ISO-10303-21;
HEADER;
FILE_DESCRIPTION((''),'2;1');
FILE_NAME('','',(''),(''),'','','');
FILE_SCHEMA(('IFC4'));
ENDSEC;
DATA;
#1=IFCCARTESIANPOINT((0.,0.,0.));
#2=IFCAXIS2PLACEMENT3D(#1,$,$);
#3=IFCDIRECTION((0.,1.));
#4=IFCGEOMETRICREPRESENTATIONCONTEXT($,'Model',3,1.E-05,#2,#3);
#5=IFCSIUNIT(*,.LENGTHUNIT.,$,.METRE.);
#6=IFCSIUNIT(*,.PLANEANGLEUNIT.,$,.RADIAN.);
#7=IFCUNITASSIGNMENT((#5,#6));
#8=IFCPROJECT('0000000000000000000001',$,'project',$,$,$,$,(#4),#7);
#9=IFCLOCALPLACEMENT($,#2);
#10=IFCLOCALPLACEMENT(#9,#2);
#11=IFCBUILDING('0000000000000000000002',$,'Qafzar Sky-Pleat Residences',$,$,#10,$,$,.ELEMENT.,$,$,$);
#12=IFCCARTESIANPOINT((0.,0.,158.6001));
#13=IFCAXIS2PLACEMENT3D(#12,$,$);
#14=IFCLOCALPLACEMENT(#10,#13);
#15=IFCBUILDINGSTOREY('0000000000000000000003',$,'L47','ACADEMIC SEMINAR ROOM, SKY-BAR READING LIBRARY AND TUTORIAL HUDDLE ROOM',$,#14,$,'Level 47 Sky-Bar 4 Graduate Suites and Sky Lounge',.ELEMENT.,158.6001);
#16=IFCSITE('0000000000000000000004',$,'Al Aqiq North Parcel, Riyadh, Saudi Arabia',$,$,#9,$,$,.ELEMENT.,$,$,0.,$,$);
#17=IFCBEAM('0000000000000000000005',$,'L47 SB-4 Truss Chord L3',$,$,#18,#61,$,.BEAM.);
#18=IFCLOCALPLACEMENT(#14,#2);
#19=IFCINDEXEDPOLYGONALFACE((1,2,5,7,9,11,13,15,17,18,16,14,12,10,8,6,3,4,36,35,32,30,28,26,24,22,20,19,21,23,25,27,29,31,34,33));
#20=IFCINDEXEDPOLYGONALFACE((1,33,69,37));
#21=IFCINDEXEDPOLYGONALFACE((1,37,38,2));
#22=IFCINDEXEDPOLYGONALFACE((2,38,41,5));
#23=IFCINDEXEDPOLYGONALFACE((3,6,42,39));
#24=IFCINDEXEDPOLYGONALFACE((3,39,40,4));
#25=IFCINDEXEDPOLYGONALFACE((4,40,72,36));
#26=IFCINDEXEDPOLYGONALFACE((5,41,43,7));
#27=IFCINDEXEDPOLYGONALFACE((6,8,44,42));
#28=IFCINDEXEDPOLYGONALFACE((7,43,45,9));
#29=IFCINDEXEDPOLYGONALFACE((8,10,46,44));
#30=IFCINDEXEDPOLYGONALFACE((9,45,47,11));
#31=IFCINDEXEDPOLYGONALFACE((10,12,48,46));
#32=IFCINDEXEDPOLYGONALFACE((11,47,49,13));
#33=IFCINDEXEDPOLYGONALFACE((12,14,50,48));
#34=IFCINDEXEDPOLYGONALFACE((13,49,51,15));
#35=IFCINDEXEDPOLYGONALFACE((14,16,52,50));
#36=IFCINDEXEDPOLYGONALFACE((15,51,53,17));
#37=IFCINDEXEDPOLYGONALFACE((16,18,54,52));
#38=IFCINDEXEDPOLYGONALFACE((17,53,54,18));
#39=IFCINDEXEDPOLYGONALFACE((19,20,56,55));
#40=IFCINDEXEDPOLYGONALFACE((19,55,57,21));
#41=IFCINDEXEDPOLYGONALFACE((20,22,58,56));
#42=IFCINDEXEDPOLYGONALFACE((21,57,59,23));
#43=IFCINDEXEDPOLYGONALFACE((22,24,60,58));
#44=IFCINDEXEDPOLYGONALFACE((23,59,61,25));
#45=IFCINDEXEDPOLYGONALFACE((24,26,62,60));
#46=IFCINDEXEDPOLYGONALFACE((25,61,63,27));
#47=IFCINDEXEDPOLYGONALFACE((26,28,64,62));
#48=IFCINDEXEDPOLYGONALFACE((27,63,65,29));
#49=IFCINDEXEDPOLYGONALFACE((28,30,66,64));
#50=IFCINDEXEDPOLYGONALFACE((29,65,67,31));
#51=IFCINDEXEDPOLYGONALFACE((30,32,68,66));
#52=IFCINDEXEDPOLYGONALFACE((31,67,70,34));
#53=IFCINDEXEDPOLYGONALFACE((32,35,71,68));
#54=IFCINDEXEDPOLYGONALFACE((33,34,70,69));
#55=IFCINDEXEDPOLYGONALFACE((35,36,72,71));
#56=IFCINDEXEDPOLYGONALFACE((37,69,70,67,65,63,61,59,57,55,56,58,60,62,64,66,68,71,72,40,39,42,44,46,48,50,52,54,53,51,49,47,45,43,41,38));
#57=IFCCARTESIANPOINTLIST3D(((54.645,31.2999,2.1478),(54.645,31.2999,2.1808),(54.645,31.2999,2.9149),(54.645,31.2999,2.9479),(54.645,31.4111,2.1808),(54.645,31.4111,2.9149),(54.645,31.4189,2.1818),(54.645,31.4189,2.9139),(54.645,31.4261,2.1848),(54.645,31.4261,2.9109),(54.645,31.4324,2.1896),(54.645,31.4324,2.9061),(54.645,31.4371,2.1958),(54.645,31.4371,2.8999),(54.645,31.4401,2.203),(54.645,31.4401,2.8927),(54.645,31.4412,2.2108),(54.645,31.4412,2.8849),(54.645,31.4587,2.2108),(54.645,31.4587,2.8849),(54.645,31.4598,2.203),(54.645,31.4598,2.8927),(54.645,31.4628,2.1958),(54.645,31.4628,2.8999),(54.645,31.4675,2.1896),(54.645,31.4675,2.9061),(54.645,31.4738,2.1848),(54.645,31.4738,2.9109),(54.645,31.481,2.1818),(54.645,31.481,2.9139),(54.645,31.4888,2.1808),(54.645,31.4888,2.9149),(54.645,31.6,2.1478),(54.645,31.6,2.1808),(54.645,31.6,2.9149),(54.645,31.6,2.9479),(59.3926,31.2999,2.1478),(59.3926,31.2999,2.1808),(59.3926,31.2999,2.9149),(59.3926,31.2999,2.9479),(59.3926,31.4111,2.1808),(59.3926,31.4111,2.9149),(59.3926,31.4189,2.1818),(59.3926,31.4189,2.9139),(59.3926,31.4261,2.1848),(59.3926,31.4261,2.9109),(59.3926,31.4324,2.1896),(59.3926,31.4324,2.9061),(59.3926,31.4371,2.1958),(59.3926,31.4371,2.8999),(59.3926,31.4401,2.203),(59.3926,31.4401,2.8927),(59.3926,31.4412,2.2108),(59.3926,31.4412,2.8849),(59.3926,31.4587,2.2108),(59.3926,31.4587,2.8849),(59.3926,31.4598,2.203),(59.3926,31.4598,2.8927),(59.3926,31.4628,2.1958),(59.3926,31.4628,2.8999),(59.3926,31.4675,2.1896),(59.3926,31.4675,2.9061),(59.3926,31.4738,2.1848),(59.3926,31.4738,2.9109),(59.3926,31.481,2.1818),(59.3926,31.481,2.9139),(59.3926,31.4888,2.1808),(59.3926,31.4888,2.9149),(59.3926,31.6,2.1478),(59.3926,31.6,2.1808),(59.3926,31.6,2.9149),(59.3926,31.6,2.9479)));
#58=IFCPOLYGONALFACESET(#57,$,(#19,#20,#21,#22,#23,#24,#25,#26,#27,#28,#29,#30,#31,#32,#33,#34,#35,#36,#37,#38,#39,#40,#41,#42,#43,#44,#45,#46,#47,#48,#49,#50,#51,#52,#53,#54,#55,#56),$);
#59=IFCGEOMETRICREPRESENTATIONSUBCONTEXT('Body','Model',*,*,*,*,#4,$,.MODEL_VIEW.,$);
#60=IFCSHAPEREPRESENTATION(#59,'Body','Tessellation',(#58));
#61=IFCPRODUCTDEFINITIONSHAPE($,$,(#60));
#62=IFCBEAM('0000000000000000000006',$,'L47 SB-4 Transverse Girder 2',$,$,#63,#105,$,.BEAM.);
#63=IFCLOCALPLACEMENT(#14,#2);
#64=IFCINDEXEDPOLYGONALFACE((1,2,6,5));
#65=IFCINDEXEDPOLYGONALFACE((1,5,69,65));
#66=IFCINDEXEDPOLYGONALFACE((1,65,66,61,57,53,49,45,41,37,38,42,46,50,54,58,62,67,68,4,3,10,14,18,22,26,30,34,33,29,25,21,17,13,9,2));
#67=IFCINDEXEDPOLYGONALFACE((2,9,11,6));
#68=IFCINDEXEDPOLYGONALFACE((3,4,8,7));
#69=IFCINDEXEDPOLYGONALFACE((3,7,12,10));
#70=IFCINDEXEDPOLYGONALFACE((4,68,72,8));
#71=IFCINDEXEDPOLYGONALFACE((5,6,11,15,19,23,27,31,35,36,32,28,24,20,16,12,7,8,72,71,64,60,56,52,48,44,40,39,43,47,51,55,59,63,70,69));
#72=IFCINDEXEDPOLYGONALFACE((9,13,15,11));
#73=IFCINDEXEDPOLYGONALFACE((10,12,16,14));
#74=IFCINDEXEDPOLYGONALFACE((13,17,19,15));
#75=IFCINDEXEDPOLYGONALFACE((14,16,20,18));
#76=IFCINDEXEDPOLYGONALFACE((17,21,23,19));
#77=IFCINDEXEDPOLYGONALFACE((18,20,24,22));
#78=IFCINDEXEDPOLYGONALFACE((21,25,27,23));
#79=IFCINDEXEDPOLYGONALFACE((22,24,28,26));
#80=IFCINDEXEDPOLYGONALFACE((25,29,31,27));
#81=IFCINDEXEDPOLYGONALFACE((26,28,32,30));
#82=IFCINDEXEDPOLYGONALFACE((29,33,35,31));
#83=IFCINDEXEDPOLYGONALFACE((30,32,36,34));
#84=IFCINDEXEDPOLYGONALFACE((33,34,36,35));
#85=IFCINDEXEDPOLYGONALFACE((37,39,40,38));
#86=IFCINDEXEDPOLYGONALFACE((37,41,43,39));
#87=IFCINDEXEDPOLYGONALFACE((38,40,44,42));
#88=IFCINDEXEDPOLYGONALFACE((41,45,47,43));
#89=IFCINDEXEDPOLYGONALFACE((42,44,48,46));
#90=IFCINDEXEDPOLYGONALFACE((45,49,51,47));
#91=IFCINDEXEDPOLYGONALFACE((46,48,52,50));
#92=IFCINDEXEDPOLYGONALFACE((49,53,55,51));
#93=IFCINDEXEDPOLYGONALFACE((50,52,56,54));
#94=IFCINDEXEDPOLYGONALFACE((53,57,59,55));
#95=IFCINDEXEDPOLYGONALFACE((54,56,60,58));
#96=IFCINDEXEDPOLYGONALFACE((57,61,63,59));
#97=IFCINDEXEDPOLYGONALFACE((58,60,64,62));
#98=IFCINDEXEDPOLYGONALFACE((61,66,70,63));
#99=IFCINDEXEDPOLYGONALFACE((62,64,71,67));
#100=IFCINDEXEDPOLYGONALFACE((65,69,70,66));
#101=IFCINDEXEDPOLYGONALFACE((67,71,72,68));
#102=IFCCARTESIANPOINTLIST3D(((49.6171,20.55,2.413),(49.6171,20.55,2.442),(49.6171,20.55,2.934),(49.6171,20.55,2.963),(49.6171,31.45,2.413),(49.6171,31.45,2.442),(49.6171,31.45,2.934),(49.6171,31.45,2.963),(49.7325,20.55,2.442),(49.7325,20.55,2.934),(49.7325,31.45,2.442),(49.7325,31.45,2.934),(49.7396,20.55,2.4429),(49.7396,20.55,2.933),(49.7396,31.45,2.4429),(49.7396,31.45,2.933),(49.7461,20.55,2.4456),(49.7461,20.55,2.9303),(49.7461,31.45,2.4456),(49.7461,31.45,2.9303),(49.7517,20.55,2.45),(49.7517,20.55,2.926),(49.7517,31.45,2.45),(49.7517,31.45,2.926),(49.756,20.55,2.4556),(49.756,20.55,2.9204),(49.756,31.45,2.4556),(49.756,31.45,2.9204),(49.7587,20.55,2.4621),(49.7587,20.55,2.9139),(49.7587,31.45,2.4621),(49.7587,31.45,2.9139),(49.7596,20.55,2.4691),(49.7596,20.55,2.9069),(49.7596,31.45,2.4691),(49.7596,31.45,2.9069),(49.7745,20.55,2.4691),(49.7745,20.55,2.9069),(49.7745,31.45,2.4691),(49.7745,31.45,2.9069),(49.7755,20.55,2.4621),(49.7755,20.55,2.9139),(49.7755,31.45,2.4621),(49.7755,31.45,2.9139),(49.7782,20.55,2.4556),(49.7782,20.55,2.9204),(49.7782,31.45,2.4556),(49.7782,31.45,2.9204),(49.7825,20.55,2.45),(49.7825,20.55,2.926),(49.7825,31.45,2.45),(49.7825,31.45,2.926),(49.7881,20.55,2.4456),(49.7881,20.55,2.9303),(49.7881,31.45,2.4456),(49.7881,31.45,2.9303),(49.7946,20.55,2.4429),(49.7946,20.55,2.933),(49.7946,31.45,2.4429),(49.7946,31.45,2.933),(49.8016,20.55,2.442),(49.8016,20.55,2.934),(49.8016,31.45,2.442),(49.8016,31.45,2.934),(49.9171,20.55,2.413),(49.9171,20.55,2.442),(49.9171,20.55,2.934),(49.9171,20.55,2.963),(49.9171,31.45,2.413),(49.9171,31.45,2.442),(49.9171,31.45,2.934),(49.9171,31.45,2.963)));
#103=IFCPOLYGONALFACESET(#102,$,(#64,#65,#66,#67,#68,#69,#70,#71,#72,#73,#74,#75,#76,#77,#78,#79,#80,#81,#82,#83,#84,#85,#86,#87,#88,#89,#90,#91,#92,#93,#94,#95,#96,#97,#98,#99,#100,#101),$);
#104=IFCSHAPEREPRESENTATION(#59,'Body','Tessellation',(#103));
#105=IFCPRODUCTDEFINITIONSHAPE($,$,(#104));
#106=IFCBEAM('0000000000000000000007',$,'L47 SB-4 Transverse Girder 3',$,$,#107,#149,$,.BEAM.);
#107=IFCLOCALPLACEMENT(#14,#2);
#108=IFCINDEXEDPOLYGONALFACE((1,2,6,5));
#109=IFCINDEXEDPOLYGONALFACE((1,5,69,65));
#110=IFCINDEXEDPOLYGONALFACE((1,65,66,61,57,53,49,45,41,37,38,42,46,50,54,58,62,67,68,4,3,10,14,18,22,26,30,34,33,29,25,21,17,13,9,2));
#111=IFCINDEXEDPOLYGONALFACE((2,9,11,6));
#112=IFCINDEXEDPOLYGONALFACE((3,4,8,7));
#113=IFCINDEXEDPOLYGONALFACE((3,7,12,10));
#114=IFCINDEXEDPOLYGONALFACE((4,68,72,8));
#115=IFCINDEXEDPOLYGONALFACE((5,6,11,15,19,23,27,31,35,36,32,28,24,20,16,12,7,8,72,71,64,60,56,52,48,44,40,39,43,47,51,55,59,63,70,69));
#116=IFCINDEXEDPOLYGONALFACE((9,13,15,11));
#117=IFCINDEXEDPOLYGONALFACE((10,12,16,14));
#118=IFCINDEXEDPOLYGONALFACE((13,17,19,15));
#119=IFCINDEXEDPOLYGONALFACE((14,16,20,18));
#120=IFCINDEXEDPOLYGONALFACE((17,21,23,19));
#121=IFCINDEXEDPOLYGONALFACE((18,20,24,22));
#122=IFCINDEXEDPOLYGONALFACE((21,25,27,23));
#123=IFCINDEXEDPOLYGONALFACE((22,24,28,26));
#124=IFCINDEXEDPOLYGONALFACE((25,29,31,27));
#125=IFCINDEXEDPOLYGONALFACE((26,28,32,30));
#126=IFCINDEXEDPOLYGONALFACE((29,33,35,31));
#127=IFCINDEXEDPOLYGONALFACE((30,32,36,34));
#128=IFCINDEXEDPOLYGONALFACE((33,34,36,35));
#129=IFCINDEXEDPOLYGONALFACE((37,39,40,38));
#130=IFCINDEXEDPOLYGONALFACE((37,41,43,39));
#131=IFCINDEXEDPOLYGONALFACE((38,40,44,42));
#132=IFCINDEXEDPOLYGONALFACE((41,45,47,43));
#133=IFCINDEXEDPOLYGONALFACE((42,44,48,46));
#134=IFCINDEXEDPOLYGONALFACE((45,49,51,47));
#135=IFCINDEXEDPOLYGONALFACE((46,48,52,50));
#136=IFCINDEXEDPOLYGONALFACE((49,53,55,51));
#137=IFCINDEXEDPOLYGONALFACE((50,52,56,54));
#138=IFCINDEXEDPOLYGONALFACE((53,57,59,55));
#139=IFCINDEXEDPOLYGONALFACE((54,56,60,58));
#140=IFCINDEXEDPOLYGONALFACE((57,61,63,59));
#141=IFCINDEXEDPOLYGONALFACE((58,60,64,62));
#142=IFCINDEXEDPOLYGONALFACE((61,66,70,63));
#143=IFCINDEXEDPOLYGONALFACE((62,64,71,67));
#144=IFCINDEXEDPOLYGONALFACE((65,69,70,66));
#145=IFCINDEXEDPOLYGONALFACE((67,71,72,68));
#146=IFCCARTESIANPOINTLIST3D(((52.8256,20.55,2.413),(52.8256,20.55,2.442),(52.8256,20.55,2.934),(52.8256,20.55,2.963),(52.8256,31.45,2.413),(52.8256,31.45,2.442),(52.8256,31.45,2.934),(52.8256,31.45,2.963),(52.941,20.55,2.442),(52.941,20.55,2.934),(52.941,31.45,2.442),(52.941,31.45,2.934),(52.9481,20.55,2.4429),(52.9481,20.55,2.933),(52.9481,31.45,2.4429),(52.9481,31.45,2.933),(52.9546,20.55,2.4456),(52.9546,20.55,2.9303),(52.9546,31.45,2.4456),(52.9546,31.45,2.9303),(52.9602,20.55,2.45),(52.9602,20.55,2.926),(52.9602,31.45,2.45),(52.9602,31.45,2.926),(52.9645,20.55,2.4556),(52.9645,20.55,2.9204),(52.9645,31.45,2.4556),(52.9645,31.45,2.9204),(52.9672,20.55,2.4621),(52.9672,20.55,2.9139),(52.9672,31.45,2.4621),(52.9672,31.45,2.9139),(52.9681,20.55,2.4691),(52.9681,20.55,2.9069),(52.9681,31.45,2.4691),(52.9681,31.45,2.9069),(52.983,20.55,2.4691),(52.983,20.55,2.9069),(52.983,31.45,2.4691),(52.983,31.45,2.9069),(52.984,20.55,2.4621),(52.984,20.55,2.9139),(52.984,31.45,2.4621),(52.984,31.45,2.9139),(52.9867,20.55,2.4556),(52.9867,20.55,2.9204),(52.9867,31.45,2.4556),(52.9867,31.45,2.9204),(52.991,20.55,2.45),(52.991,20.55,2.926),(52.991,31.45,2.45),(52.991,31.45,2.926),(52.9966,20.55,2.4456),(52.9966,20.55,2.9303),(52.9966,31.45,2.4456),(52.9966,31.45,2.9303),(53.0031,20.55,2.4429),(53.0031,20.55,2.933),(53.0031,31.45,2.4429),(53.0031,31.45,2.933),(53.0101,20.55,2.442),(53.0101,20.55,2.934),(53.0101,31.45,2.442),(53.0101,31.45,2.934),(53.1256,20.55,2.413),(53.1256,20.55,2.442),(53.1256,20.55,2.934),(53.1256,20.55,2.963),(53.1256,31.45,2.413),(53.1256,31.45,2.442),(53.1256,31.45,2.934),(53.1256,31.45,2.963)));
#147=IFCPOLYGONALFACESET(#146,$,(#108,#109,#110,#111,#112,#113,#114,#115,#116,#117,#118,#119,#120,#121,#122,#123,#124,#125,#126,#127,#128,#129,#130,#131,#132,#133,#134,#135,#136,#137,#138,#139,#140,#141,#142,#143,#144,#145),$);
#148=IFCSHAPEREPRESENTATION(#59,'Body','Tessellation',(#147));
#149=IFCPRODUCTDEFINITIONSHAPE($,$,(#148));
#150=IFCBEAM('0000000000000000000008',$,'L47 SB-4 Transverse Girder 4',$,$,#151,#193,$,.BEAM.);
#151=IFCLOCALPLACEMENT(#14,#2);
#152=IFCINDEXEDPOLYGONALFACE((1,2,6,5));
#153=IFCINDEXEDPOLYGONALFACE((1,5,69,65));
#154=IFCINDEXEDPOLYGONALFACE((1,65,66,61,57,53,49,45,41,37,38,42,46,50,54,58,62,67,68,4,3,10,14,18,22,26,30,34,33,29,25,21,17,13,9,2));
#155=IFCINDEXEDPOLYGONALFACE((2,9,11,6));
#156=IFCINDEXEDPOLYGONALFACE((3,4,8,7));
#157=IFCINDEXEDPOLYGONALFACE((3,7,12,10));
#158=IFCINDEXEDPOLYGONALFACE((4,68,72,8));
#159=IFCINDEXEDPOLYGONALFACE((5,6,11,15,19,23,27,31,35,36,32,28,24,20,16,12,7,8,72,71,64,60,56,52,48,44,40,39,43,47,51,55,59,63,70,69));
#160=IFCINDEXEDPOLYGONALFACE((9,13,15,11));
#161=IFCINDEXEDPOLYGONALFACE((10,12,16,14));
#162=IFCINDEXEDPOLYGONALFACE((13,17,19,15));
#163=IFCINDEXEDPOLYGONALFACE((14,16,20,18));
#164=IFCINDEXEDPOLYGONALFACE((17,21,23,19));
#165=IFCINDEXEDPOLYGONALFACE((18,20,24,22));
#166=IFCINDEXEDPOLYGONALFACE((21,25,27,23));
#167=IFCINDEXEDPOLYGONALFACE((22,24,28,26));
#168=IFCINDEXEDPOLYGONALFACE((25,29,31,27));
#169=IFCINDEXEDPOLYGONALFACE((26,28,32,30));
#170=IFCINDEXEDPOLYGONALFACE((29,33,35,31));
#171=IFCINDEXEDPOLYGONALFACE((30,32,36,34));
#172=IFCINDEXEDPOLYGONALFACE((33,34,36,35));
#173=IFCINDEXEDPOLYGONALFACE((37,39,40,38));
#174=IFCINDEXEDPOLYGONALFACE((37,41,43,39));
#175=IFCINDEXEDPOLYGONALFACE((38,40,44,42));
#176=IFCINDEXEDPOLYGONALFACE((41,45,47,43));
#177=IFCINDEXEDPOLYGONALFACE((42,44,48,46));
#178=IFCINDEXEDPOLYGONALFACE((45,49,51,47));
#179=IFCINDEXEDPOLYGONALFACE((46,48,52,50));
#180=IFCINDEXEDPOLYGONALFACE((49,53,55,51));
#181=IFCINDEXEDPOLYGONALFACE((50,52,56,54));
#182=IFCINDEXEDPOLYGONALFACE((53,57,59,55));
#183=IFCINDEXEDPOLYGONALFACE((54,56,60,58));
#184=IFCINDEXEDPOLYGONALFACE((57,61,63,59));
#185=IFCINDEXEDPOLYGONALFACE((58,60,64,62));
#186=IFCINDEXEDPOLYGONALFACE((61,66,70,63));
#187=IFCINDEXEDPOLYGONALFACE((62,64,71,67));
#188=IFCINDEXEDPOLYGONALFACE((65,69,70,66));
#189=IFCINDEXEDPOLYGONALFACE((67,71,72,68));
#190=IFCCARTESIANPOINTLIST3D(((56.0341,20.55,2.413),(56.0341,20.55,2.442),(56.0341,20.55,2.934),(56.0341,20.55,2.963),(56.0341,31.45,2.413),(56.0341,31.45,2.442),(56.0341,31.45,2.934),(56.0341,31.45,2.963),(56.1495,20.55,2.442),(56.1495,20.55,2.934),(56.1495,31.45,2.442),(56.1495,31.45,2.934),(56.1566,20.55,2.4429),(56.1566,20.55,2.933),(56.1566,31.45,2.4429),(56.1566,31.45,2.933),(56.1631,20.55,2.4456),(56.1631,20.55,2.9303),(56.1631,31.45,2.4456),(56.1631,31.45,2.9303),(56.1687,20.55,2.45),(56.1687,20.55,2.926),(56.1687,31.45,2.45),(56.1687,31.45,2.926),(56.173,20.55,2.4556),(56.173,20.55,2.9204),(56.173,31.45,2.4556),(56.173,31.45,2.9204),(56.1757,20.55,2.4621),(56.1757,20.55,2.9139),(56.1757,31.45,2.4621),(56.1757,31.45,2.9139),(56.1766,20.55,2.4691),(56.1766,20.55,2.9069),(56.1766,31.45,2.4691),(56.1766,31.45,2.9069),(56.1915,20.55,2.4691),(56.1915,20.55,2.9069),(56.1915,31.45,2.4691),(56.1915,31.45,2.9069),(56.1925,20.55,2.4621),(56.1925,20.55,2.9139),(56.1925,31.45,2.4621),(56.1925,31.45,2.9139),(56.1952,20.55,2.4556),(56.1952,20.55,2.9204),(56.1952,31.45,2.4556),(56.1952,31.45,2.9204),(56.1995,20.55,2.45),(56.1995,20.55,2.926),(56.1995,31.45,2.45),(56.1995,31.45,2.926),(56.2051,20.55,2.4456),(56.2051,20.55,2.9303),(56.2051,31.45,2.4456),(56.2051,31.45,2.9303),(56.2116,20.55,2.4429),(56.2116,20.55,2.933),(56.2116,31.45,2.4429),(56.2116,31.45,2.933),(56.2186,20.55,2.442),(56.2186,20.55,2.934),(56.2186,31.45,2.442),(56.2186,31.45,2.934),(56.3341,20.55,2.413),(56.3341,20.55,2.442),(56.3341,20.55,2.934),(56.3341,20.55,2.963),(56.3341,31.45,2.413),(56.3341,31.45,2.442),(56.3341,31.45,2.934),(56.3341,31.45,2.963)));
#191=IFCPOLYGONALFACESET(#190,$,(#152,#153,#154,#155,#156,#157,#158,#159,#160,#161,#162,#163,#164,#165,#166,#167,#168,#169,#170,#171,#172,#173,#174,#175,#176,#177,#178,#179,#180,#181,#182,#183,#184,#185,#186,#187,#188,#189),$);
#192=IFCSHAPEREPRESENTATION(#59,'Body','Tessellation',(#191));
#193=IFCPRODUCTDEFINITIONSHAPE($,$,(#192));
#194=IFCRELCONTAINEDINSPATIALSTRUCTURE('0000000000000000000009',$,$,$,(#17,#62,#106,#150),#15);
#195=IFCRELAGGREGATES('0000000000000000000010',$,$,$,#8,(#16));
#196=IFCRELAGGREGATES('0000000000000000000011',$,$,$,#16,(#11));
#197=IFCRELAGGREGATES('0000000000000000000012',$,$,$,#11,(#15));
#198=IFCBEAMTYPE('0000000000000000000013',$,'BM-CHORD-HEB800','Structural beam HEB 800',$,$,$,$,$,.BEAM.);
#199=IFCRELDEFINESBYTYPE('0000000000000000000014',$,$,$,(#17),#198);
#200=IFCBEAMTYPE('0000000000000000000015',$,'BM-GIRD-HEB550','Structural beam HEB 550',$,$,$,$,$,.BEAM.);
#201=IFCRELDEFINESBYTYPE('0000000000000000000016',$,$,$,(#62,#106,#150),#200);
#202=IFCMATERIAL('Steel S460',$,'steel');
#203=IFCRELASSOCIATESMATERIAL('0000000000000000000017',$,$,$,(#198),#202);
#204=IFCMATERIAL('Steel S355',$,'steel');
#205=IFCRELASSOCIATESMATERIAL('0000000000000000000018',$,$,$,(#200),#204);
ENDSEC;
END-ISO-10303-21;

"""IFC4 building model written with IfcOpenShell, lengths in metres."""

from ifc_helpers import new_model, si_unit, direction, frame, origin, origin_2d, place, context, subcontext, project, spatial, i_section, extrude, source, transform, mapped, material, material_profile, profile_set, type_object, element, save


model = new_model("IFC4")

# Units and contexts
model_context = context("Model", 3, precision=1e-05, world=origin(), true_north=direction((0.0, 1.0)))
body_context = subcontext(model_context, "Body", "Model", "MODEL_VIEW")
ifc_project = project(units=[si_unit("LENGTHUNIT", "METRE"), si_unit("PLANEANGLEUNIT", "RADIAN")], contexts=[model_context])

# Site, building, storey
site_placement = place(None, origin())
site = spatial("IfcSite", under=ifc_project, at=site_placement, Name="Al Aqiq North Parcel, Riyadh, Saudi Arabia", CompositionType="ELEMENT", RefElevation=0.0)
building_placement = place(site_placement, origin())
building = spatial("IfcBuilding", under=site, at=building_placement, Name="Qafzar Sky-Pleat Residences", CompositionType="ELEMENT")
storey_placement = place(building_placement, frame((0.0, 0.0, 158.6001)))
storey = spatial("IfcBuildingStorey", under=building, at=storey_placement, Name="L47", Description="ACADEMIC SEMINAR ROOM, SKY-BAR READING LIBRARY AND TUTORIAL HUDDLE ROOM", LongName="Level 47 Sky-Bar 4 Graduate Suites and Sky Lounge", CompositionType="ELEMENT", Elevation=158.6001)

# Beams
ifc_material_1 = material(Name="Steel S460", Category="steel")
ifc_material_profile_1 = material_profile(ifc_material_1, i_section(OverallWidth=0.3, OverallDepth=0.8, WebThickness=0.0176, FlangeThickness=0.033, FilletRadius=0.03, at=origin_2d()), Name="HEB 800")
ifc_profile_set_1 = profile_set([ifc_material_profile_1], Name="Steel S460")
beam_type_1 = type_object("IfcBeamType", Name="BM-CHORD-HEB800", Description="Structural beam HEB 800", PredefinedType="BEAM", material=ifc_profile_set_1)
shared_shape_1 = source(origin(), body_context, "Body", "SweptSolid", [
    extrude(i_section(OverallWidth=0.3, OverallDepth=0.8, WebThickness=0.0176, FlangeThickness=0.033, FilletRadius=0.03, at=origin_2d()), origin(), (0.0, 0.0, 1.0), 4.7476),
])
beam_placement = place(storey_placement, frame((54.645, 31.45, 2.5479), z_axis=(1.0, 0.0, 0.0), x_axis=(0.0, 1.0, 0.0)))
element("IfcBeam", 1, at=beam_placement, inside=storey, type_object=beam_type_1, Name="L47 SB-4 Truss Chord L3", PredefinedType="BEAM", context=body_context, shape_type="MappedRepresentation", body=[
    mapped(shared_shape_1, transform((0.0, 0.0, 0.0), x_axis=(1.0, 0.0, 0.0), y_axis=(0.0, 1.0, 0.0), z_axis=(0.0, 0.0, 1.0), scale=1.0)),
])
ifc_material_2 = material(Name="Steel S355", Category="steel")
ifc_material_profile_2 = material_profile(ifc_material_2, i_section(OverallWidth=0.3, OverallDepth=0.55, WebThickness=0.0149, FlangeThickness=0.0291, FilletRadius=0.0271, at=origin_2d()), Name="HEB 550")
ifc_profile_set_2 = profile_set([ifc_material_profile_2], Name="Steel S355")
beam_type_2 = type_object("IfcBeamType", Name="BM-GIRD-HEB550", Description="Structural beam HEB 550", PredefinedType="BEAM", material=ifc_profile_set_2)
shared_shape_2 = source(origin(), body_context, "Body", "SweptSolid", [
    extrude(i_section(OverallWidth=0.3, OverallDepth=0.55, WebThickness=0.0149, FlangeThickness=0.0291, FilletRadius=0.0271, at=origin_2d()), origin(), (0.0, 0.0, 1.0), 10.8999),
])
for number, where, z_axis, x_axis, name in (
    (2, (49.7671, 31.45, 2.688), (0.0, -1.0, 0.0), (1.0, 0.0, 0.0), "L47 SB-4 Transverse Girder 2"),
    (3, (52.9756, 31.45, 2.688), (0.0, -1.0, 0.0), (1.0, 0.0, 0.0), "L47 SB-4 Transverse Girder 3"),
    (4, (56.1841, 31.45, 2.688), (0.0, -1.0, 0.0), (1.0, 0.0, 0.0), "L47 SB-4 Transverse Girder 4"),
):
    element("IfcBeam", number, at=place(storey_placement, frame(where, z_axis=z_axis, x_axis=x_axis)), inside=storey, type_object=beam_type_2, Name=name, PredefinedType="BEAM", context=body_context, shape_type="MappedRepresentation", body=[
        mapped(shared_shape_2, transform((0.0, 0.0, 0.0), x_axis=(1.0, 0.0, 0.0), y_axis=(0.0, 1.0, 0.0), z_axis=(0.0, 0.0, 1.0), scale=1.0)),
    ])

save(model, "model.ifc")
